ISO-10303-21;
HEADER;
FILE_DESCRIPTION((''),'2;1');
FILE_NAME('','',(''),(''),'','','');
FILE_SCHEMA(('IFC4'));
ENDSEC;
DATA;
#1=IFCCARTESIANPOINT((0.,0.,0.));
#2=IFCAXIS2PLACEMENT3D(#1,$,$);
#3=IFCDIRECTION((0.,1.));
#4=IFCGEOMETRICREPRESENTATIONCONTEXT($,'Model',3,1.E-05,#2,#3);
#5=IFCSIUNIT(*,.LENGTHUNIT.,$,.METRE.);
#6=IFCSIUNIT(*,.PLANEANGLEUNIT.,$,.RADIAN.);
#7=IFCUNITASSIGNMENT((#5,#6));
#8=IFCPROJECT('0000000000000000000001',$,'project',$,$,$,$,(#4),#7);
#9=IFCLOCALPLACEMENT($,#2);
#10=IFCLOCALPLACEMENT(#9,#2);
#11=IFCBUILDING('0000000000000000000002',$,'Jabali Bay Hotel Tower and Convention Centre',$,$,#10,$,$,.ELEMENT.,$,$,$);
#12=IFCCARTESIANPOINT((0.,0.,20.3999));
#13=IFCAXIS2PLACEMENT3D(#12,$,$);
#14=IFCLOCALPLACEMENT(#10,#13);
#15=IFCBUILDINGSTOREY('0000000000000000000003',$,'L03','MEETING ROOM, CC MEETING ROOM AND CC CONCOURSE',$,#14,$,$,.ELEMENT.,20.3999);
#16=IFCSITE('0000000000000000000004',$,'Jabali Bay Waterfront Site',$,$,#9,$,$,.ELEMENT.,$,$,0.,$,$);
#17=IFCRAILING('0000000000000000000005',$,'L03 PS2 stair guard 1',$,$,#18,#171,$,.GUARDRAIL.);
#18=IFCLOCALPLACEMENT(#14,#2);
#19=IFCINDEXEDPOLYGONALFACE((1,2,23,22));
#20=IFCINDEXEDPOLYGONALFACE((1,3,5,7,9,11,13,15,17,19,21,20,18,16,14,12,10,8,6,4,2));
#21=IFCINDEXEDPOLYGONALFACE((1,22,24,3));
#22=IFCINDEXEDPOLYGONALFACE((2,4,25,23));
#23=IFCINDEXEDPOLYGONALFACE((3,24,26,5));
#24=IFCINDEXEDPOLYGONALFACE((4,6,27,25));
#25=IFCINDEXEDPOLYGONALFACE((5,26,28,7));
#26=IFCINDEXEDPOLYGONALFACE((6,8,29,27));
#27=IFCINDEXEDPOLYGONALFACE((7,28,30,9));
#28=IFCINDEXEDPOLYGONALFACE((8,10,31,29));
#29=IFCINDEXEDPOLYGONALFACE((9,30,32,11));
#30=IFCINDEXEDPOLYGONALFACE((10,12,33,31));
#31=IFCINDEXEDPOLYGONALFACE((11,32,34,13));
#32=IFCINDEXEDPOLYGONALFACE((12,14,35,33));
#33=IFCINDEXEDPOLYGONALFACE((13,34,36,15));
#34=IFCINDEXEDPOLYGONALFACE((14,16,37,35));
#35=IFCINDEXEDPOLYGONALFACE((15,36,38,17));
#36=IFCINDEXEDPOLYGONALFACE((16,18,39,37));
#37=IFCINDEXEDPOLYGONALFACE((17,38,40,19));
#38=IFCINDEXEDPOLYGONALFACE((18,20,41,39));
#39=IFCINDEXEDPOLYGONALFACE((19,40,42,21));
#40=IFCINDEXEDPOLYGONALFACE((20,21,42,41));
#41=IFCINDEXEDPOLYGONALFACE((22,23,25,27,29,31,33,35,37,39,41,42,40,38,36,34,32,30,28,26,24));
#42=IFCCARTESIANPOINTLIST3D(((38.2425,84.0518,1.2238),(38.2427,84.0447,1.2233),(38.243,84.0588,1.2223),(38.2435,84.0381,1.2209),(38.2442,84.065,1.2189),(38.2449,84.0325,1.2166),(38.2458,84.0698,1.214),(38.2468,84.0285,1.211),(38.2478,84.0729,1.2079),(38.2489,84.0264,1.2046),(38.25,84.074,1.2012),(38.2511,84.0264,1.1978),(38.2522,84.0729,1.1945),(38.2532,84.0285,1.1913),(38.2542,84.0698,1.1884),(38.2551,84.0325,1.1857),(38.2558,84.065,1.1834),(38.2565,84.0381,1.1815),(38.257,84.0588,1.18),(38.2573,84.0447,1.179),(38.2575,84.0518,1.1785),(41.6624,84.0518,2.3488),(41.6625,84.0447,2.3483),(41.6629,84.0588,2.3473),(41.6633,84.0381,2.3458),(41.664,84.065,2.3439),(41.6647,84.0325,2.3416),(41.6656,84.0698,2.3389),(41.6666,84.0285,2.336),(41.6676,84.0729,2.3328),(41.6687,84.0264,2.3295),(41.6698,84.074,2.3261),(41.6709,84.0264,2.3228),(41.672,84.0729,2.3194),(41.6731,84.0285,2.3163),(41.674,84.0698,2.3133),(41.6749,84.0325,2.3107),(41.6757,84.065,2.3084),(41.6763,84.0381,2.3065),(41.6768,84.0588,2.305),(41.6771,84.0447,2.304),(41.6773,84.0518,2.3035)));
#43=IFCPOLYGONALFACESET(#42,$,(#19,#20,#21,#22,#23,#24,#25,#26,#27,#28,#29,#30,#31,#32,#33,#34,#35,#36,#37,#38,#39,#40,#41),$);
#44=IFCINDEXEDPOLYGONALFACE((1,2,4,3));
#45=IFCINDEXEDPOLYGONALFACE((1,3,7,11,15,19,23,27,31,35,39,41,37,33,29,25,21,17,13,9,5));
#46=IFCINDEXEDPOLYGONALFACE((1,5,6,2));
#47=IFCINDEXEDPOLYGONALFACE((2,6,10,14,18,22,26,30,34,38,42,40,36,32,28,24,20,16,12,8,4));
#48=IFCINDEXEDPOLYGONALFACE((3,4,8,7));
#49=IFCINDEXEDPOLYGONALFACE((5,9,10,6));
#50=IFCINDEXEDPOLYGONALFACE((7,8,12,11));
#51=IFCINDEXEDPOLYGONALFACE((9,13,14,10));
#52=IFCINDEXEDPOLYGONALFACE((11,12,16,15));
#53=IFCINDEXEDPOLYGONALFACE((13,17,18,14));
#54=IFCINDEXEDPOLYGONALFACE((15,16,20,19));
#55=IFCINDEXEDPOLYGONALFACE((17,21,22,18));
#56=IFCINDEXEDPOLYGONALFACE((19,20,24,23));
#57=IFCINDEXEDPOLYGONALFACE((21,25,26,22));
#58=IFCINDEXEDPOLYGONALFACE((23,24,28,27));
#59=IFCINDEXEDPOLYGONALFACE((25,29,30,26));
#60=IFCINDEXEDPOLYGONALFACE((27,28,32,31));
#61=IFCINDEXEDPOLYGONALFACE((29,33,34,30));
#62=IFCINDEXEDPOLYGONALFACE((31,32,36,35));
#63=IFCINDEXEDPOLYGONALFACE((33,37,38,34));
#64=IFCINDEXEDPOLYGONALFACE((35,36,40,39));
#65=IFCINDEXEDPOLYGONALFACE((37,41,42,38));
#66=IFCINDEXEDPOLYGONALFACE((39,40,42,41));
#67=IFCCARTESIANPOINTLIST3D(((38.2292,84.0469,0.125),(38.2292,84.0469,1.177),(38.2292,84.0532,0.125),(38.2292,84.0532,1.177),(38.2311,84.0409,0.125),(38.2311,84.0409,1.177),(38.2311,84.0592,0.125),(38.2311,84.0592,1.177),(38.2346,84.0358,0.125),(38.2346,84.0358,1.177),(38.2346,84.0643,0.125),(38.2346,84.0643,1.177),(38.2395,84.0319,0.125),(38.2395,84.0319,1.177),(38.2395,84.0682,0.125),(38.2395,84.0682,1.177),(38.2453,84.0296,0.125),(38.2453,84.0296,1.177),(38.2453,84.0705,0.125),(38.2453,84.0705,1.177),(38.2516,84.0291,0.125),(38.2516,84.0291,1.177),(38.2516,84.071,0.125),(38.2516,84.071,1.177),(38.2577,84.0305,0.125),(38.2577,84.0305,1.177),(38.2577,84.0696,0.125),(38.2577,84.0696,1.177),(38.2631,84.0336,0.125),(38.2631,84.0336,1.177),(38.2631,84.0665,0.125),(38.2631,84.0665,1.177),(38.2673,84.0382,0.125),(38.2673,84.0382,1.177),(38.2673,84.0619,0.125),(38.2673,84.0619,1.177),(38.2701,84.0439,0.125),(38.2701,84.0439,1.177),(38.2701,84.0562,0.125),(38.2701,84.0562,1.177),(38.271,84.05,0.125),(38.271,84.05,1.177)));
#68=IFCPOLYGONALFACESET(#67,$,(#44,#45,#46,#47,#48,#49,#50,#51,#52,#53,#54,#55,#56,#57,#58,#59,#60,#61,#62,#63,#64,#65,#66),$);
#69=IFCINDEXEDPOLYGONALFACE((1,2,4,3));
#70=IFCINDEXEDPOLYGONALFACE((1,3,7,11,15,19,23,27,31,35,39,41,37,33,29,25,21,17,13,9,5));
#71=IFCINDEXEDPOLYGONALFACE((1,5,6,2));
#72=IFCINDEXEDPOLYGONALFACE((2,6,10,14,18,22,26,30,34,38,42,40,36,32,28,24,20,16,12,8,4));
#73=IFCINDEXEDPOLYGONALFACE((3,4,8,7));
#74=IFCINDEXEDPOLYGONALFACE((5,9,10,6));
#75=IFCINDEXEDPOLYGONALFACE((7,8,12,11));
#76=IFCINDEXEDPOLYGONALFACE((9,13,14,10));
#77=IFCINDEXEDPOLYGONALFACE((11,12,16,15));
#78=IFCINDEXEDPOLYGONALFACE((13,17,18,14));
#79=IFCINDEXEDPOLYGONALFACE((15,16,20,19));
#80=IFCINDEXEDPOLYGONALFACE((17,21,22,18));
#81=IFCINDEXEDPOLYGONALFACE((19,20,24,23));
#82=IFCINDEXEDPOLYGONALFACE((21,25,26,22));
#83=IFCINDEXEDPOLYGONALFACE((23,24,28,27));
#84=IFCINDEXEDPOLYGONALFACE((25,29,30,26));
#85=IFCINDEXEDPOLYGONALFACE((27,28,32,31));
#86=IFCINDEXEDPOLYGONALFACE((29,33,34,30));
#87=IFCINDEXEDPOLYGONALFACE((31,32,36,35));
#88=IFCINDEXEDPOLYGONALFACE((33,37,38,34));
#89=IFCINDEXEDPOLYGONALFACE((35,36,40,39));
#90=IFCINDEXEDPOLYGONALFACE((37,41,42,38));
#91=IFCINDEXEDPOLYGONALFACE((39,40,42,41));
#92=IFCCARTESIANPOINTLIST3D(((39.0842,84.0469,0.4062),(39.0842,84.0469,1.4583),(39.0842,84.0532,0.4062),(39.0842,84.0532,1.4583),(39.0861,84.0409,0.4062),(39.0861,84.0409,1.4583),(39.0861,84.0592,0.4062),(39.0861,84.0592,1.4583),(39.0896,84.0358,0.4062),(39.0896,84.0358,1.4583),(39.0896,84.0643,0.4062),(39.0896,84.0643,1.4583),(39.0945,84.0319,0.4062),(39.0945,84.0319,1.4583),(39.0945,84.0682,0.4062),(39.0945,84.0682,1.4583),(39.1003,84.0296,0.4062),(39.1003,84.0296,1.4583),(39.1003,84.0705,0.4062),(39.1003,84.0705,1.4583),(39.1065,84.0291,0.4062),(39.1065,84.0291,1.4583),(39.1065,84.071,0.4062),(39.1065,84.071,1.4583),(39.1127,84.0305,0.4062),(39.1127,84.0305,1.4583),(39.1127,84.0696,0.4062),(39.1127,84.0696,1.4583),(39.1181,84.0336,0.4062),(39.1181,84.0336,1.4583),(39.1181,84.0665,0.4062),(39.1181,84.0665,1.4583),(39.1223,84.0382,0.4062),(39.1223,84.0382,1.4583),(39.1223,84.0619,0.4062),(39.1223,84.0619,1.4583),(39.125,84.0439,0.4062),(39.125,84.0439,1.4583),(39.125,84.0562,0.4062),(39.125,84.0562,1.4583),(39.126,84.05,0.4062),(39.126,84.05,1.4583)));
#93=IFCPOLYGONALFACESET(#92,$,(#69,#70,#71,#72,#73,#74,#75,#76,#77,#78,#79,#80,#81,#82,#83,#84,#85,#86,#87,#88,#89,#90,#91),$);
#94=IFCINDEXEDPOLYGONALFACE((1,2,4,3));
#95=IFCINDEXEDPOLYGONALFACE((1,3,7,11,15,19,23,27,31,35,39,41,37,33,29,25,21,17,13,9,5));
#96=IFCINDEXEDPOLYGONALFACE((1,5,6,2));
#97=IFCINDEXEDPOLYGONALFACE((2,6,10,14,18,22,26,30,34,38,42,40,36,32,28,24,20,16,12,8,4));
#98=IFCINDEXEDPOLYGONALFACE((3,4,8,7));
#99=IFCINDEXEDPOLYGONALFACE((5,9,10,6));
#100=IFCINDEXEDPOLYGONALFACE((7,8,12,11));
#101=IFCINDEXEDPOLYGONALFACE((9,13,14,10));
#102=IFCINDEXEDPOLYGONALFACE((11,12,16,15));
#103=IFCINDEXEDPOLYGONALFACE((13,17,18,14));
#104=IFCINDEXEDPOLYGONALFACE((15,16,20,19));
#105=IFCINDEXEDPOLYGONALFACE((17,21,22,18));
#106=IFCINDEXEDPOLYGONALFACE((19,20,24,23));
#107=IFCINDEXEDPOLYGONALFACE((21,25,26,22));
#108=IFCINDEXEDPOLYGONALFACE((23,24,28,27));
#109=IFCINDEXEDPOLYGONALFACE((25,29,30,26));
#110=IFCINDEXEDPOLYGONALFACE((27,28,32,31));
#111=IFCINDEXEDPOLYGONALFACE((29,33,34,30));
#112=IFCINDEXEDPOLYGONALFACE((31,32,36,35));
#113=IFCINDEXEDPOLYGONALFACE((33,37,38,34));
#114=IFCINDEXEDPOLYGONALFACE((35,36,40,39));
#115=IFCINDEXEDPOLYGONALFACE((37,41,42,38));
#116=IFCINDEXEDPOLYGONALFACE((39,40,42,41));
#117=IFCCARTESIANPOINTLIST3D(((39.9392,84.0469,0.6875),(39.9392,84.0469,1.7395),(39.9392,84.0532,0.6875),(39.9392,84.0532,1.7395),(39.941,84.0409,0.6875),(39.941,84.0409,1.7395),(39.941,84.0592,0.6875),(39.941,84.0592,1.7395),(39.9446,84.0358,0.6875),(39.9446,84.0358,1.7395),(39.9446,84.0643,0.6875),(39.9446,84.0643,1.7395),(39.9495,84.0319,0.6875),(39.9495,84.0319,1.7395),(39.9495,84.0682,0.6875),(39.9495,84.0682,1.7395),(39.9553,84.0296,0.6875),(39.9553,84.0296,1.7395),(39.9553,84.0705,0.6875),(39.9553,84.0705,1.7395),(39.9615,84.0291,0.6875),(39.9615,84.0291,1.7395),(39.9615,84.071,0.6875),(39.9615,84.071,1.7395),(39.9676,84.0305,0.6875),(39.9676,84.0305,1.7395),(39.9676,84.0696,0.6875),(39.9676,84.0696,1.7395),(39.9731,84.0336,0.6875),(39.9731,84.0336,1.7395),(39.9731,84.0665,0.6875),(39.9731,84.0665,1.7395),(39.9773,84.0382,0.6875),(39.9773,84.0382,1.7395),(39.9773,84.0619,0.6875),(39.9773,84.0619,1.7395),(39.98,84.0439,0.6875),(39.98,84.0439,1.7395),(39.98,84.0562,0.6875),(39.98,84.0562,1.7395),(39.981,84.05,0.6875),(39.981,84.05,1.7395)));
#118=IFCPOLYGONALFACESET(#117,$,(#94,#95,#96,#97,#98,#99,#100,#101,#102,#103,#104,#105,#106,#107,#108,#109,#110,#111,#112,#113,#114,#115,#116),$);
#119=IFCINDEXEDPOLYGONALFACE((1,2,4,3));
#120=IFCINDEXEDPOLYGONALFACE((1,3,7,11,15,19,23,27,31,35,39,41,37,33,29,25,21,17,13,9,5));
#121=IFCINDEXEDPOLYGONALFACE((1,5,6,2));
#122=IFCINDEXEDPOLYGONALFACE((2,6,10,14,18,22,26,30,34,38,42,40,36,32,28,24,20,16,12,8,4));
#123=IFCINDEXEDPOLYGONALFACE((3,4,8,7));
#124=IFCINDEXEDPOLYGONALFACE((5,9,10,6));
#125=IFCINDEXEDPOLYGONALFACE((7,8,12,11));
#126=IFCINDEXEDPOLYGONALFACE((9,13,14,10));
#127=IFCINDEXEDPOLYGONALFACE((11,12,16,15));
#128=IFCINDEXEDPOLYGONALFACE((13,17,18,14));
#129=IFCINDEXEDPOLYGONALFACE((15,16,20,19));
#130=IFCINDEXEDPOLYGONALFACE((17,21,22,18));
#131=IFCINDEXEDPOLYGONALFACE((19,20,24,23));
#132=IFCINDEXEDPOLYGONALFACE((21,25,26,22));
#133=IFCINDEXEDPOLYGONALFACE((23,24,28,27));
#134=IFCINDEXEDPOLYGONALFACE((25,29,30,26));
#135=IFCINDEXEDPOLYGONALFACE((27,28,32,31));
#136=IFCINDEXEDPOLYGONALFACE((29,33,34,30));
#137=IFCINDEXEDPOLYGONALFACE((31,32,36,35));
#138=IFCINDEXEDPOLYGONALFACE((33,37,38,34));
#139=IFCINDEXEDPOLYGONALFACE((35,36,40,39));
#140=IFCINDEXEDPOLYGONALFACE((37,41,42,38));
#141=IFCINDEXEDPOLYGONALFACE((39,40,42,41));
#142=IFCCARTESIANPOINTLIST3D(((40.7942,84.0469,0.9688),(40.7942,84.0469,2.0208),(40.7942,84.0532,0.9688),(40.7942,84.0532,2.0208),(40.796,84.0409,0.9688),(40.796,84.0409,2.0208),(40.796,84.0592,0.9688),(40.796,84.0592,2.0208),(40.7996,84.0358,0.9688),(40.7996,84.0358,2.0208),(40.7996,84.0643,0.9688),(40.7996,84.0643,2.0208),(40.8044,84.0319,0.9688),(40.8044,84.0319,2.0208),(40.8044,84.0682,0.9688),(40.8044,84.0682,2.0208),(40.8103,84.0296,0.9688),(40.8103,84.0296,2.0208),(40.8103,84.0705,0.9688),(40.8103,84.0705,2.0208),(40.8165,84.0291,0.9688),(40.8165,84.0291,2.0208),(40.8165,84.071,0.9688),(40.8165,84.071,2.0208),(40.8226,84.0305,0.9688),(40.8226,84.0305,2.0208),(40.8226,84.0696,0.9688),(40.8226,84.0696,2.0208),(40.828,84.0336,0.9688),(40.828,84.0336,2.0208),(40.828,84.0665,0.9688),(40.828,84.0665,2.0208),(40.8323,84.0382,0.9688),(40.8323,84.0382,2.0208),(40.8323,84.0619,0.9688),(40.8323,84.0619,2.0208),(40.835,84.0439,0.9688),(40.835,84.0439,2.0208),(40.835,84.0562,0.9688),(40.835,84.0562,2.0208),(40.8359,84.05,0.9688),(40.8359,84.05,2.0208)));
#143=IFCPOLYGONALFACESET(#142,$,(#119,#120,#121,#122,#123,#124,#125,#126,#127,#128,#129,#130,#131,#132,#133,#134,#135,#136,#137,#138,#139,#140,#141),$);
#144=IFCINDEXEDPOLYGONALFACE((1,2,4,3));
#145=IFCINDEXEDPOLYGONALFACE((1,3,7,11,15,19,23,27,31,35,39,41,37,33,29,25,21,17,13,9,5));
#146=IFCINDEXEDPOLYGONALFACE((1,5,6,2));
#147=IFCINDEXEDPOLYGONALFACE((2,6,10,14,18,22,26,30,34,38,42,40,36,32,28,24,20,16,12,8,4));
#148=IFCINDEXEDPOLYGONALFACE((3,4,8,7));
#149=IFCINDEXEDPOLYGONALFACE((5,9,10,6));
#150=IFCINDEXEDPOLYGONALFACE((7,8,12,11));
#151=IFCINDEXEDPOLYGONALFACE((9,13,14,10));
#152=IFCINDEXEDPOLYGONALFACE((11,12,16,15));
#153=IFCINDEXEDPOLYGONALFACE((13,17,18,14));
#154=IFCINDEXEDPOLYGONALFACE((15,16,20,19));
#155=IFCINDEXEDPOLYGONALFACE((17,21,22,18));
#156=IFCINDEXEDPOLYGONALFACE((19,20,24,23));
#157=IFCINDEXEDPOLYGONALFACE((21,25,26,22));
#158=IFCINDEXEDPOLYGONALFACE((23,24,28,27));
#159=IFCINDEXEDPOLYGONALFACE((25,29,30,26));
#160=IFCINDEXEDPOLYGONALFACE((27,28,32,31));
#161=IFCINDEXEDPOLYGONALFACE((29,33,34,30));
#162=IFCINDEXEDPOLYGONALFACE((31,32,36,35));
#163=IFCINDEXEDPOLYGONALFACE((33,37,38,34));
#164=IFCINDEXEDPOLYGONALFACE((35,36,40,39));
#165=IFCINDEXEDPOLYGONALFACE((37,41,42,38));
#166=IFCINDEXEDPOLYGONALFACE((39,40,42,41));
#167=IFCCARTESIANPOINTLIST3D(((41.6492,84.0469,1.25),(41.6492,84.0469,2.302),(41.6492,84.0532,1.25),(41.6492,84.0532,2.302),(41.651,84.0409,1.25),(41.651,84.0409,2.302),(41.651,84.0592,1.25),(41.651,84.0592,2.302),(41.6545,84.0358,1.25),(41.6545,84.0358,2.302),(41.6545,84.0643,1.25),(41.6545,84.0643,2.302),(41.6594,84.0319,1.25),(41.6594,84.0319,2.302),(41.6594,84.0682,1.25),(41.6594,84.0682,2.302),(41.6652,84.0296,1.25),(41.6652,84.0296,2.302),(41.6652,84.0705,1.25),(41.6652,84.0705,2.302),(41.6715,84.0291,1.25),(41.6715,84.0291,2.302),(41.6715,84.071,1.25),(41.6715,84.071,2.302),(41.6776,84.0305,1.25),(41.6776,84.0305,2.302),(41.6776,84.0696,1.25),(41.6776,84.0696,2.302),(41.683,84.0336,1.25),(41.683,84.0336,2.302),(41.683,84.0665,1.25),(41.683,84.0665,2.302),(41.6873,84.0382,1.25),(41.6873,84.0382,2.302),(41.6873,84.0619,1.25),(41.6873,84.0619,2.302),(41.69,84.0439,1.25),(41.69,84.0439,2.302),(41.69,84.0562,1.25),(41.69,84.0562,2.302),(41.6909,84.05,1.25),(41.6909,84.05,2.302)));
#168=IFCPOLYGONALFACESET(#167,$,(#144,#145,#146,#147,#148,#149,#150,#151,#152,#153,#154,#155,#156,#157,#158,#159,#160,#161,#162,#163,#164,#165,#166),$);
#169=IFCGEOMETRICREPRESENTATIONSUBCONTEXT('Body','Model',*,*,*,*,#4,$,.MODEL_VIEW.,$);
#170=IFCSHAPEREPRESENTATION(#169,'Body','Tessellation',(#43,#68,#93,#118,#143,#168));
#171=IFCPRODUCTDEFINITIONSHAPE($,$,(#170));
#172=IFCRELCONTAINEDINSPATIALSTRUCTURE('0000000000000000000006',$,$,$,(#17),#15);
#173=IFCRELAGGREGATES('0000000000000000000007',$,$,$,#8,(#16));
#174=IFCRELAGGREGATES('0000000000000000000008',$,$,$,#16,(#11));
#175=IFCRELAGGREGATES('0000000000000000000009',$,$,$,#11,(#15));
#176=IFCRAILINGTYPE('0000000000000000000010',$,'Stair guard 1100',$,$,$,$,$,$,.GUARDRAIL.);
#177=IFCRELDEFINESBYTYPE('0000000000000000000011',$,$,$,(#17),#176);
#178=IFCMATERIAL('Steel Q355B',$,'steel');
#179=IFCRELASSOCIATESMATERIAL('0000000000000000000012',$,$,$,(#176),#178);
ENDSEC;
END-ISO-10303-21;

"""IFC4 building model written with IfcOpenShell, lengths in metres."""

from ifc_helpers import new_model, si_unit, direction, frame, origin, origin_2d, place, context, subcontext, project, spatial, circle, extrude, material, type_object, element, save


model = new_model("IFC4")

# Units and contexts
model_context = context("Model", 3, precision=1e-05, world=origin(), true_north=direction((0.0, 1.0)))
body_context = subcontext(model_context, "Body", "Model", "MODEL_VIEW")
ifc_project = project(units=[si_unit("LENGTHUNIT", "METRE"), si_unit("PLANEANGLEUNIT", "RADIAN")], contexts=[model_context])

# Site, building, storey
site_placement = place(None, origin())
site = spatial("IfcSite", under=ifc_project, at=site_placement, Name="Jabali Bay Waterfront Site", CompositionType="ELEMENT", RefElevation=0.0)
building_placement = place(site_placement, origin())
building = spatial("IfcBuilding", under=site, at=building_placement, Name="Jabali Bay Hotel Tower and Convention Centre", CompositionType="ELEMENT")
storey_placement = place(building_placement, frame((0.0, 0.0, 20.3999)))
storey = spatial("IfcBuildingStorey", under=building, at=storey_placement, Name="L03", Description="MEETING ROOM, CC MEETING ROOM AND CC CONCOURSE", CompositionType="ELEMENT", Elevation=20.3999)

# Railing
ifc_material_1 = material(Name="Steel Q355B", Category="steel")
railing_type_1 = type_object("IfcRailingType", Name="Stair guard 1100", PredefinedType="GUARDRAIL", material=ifc_material_1)
railing_1_placement = place(storey_placement, frame((38.25, 84.05, 0.125)))
element("IfcRailing", 1, at=railing_1_placement, inside=storey, type_object=railing_type_1, Name="L03 PS2 stair guard 1", PredefinedType="GUARDRAIL", context=body_context, shape_type="SweptSolid", body=[
    extrude(circle(Radius=0.0239, at=origin_2d()), frame((0.0, 0.0, 1.0762), z_axis=(0.949924, 0.0, 0.312482), x_axis=(0.0, 1.0, 0.0)), (0.0, 0.0, 1.0), 3.6001),
    extrude(circle(Radius=0.021, at=origin_2d()), origin(), (0.0, 0.0, 1.0), 1.052),
    extrude(circle(Radius=0.021, at=origin_2d()), frame((0.855, 0.0, 0.2812)), (0.0, 0.0, 1.0), 1.052),
    extrude(circle(Radius=0.021, at=origin_2d()), frame((1.71, 0.0, 0.5625)), (0.0, 0.0, 1.0), 1.052),
    extrude(circle(Radius=0.021, at=origin_2d()), frame((2.5649, 0.0, 0.8438)), (0.0, 0.0, 1.0), 1.052),
    extrude(circle(Radius=0.021, at=origin_2d()), frame((3.4199, 0.0, 1.125)), (0.0, 0.0, 1.0), 1.052),
])

save(model, "model.ifc")
